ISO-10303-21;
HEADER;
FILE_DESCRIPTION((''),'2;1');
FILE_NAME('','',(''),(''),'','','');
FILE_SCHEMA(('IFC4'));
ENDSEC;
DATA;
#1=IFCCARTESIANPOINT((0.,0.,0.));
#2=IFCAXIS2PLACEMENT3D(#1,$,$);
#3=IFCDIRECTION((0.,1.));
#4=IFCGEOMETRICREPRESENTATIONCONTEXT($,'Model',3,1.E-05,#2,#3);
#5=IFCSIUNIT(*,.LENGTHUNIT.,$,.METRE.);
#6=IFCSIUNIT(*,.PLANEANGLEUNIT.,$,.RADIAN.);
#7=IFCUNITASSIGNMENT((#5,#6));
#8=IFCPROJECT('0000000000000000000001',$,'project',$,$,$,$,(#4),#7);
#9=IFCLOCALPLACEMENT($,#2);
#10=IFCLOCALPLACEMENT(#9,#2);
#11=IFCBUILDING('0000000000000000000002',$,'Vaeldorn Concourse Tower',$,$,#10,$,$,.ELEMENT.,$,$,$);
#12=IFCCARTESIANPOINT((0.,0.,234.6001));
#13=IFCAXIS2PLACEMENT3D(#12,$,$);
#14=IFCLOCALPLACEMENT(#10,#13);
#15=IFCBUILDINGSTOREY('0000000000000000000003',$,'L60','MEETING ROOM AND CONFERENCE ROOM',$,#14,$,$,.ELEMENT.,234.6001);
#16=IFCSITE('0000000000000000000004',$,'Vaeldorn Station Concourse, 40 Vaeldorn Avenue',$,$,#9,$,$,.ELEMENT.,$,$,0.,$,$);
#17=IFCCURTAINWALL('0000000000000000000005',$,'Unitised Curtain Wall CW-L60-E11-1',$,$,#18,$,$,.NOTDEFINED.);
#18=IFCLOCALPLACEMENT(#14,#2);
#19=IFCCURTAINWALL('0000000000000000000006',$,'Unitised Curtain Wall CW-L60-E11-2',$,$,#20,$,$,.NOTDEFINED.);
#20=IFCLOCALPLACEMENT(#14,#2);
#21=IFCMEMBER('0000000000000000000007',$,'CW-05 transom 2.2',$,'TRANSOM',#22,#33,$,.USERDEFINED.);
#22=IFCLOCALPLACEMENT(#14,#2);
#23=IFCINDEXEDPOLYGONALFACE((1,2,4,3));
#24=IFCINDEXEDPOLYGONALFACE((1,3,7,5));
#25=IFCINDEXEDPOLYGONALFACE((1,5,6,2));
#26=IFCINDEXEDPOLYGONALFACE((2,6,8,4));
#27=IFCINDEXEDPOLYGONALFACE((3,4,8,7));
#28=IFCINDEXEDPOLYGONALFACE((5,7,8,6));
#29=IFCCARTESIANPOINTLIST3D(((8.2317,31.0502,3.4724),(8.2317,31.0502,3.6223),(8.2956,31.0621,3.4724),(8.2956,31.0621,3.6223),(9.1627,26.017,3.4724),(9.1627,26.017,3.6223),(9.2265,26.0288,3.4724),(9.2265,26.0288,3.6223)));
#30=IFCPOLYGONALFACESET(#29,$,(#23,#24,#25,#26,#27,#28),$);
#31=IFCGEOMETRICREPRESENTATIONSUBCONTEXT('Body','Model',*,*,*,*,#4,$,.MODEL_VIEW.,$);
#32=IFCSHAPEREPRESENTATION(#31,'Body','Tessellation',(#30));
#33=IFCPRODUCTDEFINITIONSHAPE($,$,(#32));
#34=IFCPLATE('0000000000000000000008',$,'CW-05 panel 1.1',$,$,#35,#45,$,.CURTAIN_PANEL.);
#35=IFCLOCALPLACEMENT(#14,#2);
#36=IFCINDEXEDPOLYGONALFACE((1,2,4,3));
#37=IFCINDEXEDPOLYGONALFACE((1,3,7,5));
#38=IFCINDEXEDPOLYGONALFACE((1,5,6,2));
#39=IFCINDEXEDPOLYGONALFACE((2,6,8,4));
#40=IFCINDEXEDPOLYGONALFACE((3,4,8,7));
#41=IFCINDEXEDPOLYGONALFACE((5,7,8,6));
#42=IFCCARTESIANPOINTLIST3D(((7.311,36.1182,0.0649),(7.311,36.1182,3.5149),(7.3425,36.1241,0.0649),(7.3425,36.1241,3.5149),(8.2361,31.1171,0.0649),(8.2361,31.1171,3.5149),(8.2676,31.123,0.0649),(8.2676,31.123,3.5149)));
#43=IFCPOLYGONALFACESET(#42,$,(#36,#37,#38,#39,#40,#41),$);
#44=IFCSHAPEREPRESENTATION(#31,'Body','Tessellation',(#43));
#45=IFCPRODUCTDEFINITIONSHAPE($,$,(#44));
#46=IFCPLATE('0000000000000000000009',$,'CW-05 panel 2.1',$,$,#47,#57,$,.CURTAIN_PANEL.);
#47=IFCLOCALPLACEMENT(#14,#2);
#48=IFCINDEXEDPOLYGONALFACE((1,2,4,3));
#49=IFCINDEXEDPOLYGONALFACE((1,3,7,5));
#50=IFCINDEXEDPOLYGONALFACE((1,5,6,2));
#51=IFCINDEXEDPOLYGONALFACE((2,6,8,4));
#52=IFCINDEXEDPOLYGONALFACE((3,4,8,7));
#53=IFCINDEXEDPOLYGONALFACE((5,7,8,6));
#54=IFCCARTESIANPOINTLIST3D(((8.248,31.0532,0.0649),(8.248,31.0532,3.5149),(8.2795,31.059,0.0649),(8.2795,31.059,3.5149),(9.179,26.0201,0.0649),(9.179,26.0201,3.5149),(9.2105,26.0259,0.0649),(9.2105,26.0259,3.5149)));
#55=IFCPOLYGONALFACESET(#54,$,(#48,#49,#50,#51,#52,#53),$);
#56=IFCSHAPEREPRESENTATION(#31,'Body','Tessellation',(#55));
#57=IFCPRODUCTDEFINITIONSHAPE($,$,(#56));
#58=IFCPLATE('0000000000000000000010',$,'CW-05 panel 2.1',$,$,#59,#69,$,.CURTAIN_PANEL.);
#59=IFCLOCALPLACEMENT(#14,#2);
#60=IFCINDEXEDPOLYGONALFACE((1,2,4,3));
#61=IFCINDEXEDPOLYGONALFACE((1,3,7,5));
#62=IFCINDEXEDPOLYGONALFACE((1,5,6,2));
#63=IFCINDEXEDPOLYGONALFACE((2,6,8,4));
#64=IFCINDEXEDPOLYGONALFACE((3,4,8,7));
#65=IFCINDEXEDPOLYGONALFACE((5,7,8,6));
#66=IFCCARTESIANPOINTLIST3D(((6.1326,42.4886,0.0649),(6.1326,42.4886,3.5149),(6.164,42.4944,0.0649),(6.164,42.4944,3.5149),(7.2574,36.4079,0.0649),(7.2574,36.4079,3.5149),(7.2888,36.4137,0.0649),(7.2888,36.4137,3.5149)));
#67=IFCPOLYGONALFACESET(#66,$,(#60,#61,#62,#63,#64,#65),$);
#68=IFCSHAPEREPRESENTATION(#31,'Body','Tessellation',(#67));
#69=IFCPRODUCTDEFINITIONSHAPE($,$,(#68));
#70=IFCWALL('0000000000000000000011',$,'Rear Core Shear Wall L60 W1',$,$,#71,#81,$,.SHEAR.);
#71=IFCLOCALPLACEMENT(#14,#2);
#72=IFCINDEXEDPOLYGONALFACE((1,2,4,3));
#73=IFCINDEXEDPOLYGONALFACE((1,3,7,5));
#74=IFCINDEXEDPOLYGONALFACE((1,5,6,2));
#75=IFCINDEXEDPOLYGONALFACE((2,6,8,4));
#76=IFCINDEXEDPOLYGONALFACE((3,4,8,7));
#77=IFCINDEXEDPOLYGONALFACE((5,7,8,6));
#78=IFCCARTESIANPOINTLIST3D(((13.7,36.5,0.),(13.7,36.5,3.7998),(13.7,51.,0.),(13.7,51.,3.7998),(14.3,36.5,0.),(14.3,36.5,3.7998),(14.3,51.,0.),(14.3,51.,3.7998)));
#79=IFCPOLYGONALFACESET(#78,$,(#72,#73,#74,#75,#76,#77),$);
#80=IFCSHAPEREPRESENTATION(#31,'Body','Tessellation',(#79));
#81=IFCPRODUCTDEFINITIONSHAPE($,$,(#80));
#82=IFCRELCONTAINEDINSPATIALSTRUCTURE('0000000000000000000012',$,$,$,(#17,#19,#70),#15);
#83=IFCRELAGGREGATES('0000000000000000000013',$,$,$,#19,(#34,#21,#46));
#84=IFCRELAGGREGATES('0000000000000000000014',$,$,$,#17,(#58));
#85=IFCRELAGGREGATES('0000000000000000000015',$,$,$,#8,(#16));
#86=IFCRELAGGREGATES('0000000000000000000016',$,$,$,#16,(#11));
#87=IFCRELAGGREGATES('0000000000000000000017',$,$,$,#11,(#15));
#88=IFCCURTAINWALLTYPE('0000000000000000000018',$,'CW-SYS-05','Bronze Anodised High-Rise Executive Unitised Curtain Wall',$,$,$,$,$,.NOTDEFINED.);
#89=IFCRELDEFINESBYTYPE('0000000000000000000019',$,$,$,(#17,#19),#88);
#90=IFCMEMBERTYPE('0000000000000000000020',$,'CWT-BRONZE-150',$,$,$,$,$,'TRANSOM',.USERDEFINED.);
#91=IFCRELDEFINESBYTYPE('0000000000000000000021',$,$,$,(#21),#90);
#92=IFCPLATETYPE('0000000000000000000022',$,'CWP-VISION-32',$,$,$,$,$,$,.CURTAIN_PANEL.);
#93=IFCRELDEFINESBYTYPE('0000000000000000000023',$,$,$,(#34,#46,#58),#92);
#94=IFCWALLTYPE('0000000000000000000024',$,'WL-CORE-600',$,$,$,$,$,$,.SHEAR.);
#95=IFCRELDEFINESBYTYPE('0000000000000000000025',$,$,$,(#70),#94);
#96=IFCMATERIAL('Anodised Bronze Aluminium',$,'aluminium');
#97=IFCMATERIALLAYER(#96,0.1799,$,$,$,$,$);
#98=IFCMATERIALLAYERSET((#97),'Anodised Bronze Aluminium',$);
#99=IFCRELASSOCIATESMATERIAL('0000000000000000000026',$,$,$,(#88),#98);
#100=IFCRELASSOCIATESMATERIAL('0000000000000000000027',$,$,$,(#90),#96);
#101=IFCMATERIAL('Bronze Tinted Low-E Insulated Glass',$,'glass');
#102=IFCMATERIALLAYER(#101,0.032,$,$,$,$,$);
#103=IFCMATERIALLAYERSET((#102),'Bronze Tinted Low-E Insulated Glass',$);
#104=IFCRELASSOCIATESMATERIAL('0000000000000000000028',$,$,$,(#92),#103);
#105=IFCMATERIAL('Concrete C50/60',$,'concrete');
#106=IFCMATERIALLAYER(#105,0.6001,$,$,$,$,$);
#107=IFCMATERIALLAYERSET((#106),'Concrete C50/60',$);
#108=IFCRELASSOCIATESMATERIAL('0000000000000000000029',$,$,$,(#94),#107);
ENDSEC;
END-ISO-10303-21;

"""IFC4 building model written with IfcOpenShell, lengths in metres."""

from ifc_helpers import new_model, si_unit, direction, frame, frame_2d, origin, origin_2d, place, context, subcontext, project, spatial, rectangle, extrude, source, transform, mapped, material, layer, layer_set, material_profile, profile_set, type_object, element, aggregate, save


model = new_model("IFC4")

# Units and contexts
model_context = context("Model", 3, precision=1e-05, world=origin(), true_north=direction((0.0, 1.0)))
body_context = subcontext(model_context, "Body", "Model", "MODEL_VIEW")
ifc_project = project(units=[si_unit("LENGTHUNIT", "METRE"), si_unit("PLANEANGLEUNIT", "RADIAN")], contexts=[model_context])

# Site, building, storey
site_placement = place(None, origin())
site = spatial("IfcSite", under=ifc_project, at=site_placement, Name="Vaeldorn Station Concourse, 40 Vaeldorn Avenue", CompositionType="ELEMENT", RefElevation=0.0)
building_placement = place(site_placement, origin())
building = spatial("IfcBuilding", under=site, at=building_placement, Name="Vaeldorn Concourse Tower", CompositionType="ELEMENT")
storey_placement = place(building_placement, frame((0.0, 0.0, 234.6001)))
storey = spatial("IfcBuildingStorey", under=building, at=storey_placement, Name="L60", Description="MEETING ROOM AND CONFERENCE ROOM", CompositionType="ELEMENT", Elevation=234.6001)

# Shared definitions
ifc_material_1 = material(Name="Concrete C50/60", Category="concrete")

# Curtain wall
ifc_material_2 = material(Name="Anodised Bronze Aluminium", Category="aluminium")
ifc_layer_1 = layer(ifc_material_2, 0.1799)
ifc_layer_set_1 = layer_set([ifc_layer_1], Name="Anodised Bronze Aluminium")
curtain_wall_type = type_object("IfcCurtainWallType", Name="CW-SYS-05", Description="Bronze Anodised High-Rise Executive Unitised Curtain Wall", PredefinedType="NOTDEFINED", material=ifc_layer_set_1)
curtain_wall_1_placement = place(storey_placement, origin())
curtain_wall_1 = element("IfcCurtainWall", 1, at=curtain_wall_1_placement, inside=storey, type_object=curtain_wall_type, Name="Unitised Curtain Wall CW-L60-E11-1", PredefinedType="NOTDEFINED")

# Curtain wall, member, plates
curtain_wall_2_placement = place(storey_placement, origin())
curtain_wall_2 = element("IfcCurtainWall", 2, at=curtain_wall_2_placement, inside=storey, type_object=curtain_wall_type, Name="Unitised Curtain Wall CW-L60-E11-2", PredefinedType="NOTDEFINED")
ifc_material_profile_1 = material_profile(ifc_material_2, rectangle(XDim=0.0649, YDim=0.1499, at=origin_2d()), Name="CWT 65x150")
ifc_profile_set_1 = profile_set([ifc_material_profile_1], Name="Anodised Bronze Aluminium")
member_type_1 = type_object("IfcMemberType", Name="CWT-BRONZE-150", ElementType="TRANSOM", PredefinedType="USERDEFINED", material=ifc_profile_set_1)
shared_shape_1 = source(origin(), body_context, "Body", "SweptSolid", [
    extrude(rectangle(XDim=0.0649, YDim=0.1499, at=origin_2d()), origin(), (0.0, 0.0, 1.0), 5.1187),
])
member_1_placement = place(storey_placement, frame((8.2637, 31.0562, 3.5474), z_axis=(0.181869, -0.983323, 0.0), x_axis=(0.983323, 0.181869, 0.0)))
member_1 = element("IfcMember", 3, at=member_1_placement, type_object=member_type_1, Name="CW-05 transom 2.2", ObjectType="TRANSOM", PredefinedType="USERDEFINED", context=body_context, shape_type="MappedRepresentation", body=[
    mapped(shared_shape_1, transform((0.0, 0.0, 0.0), scale=1.0)),
])
ifc_material_3 = material(Name="Bronze Tinted Low-E Insulated Glass", Category="glass")
ifc_layer_2 = layer(ifc_material_3, 0.032)
ifc_layer_set_2 = layer_set([ifc_layer_2], Name="Bronze Tinted Low-E Insulated Glass")
plate_type = type_object("IfcPlateType", Name="CWP-VISION-32", PredefinedType="CURTAIN_PANEL", material=ifc_layer_set_2)
shared_shape_2 = source(origin(), body_context, "Body", "SweptSolid", [
    extrude(rectangle(XDim=5.0859, YDim=0.032, at=origin_2d()), origin(), (0.0, 0.0, 1.0), 3.45),
])
plate_1_placement = place(storey_placement, frame((7.7893, 33.6206, 0.0649), z_axis=(0.0, 0.0, 1.0), x_axis=(0.18189, -0.983319, 0.0)))
plate_1 = element("IfcPlate", 4, at=plate_1_placement, type_object=plate_type, Name="CW-05 panel 1.1", PredefinedType="CURTAIN_PANEL", context=body_context, shape_type="MappedRepresentation", body=[
    mapped(shared_shape_2, transform((0.0, 0.0, 0.0), scale=1.0)),
])
shared_shape_3 = source(origin(), body_context, "Body", "SweptSolid", [
    extrude(rectangle(XDim=5.1184, YDim=0.032, at=origin_2d()), origin(), (0.0, 0.0, 1.0), 3.45),
])
plate_2_placement = place(storey_placement, frame((8.7292, 28.5396, 0.0649), z_axis=(0.0, 0.0, 1.0), x_axis=(0.18189, -0.983319, 0.0)))
plate_2 = element("IfcPlate", 5, at=plate_2_placement, type_object=plate_type, Name="CW-05 panel 2.1", PredefinedType="CURTAIN_PANEL", context=body_context, shape_type="MappedRepresentation", body=[
    mapped(shared_shape_3, transform((0.0, 0.0, 0.0), scale=1.0)),
])
aggregate(curtain_wall_2, [plate_1, member_1, plate_2])

# Plate
shared_shape_4 = source(origin(), body_context, "Body", "SweptSolid", [
    extrude(rectangle(XDim=6.1838, YDim=0.032, at=origin_2d()), origin(), (0.0, 0.0, 1.0), 3.45),
])
plate_3_placement = place(storey_placement, frame((6.7107, 39.4512, 0.0649), z_axis=(0.0, 0.0, 1.0), x_axis=(0.181888, -0.983319, 0.0)))
plate_3 = element("IfcPlate", 6, at=plate_3_placement, type_object=plate_type, Name="CW-05 panel 2.1", PredefinedType="CURTAIN_PANEL", context=body_context, shape_type="MappedRepresentation", body=[
    mapped(shared_shape_4, transform((0.0, 0.0, 0.0), scale=1.0)),
])
aggregate(curtain_wall_1, [plate_3])

# Wall
ifc_layer_3 = layer(ifc_material_1, 0.6001)
ifc_layer_set_3 = layer_set([ifc_layer_3], Name="Concrete C50/60")
wall_type_1 = type_object("IfcWallType", Name="WL-CORE-600", PredefinedType="SHEAR", material=ifc_layer_set_3)
wall_1_placement = place(storey_placement, frame((14.0, 36.5, 0.0), z_axis=(0.0, 0.0, 1.0), x_axis=(0.0, 1.0, 0.0)))
element("IfcWall", 7, at=wall_1_placement, inside=storey, type_object=wall_type_1, Name="Rear Core Shear Wall L60 W1", PredefinedType="SHEAR", context=body_context, shape_type="SweptSolid", body=[
    extrude(rectangle(XDim=14.5, YDim=0.6001, at=frame_2d((7.25, 0.0))), origin(), (0.0, 0.0, 1.0), 3.7998),
])

save(model, "model.ifc")
